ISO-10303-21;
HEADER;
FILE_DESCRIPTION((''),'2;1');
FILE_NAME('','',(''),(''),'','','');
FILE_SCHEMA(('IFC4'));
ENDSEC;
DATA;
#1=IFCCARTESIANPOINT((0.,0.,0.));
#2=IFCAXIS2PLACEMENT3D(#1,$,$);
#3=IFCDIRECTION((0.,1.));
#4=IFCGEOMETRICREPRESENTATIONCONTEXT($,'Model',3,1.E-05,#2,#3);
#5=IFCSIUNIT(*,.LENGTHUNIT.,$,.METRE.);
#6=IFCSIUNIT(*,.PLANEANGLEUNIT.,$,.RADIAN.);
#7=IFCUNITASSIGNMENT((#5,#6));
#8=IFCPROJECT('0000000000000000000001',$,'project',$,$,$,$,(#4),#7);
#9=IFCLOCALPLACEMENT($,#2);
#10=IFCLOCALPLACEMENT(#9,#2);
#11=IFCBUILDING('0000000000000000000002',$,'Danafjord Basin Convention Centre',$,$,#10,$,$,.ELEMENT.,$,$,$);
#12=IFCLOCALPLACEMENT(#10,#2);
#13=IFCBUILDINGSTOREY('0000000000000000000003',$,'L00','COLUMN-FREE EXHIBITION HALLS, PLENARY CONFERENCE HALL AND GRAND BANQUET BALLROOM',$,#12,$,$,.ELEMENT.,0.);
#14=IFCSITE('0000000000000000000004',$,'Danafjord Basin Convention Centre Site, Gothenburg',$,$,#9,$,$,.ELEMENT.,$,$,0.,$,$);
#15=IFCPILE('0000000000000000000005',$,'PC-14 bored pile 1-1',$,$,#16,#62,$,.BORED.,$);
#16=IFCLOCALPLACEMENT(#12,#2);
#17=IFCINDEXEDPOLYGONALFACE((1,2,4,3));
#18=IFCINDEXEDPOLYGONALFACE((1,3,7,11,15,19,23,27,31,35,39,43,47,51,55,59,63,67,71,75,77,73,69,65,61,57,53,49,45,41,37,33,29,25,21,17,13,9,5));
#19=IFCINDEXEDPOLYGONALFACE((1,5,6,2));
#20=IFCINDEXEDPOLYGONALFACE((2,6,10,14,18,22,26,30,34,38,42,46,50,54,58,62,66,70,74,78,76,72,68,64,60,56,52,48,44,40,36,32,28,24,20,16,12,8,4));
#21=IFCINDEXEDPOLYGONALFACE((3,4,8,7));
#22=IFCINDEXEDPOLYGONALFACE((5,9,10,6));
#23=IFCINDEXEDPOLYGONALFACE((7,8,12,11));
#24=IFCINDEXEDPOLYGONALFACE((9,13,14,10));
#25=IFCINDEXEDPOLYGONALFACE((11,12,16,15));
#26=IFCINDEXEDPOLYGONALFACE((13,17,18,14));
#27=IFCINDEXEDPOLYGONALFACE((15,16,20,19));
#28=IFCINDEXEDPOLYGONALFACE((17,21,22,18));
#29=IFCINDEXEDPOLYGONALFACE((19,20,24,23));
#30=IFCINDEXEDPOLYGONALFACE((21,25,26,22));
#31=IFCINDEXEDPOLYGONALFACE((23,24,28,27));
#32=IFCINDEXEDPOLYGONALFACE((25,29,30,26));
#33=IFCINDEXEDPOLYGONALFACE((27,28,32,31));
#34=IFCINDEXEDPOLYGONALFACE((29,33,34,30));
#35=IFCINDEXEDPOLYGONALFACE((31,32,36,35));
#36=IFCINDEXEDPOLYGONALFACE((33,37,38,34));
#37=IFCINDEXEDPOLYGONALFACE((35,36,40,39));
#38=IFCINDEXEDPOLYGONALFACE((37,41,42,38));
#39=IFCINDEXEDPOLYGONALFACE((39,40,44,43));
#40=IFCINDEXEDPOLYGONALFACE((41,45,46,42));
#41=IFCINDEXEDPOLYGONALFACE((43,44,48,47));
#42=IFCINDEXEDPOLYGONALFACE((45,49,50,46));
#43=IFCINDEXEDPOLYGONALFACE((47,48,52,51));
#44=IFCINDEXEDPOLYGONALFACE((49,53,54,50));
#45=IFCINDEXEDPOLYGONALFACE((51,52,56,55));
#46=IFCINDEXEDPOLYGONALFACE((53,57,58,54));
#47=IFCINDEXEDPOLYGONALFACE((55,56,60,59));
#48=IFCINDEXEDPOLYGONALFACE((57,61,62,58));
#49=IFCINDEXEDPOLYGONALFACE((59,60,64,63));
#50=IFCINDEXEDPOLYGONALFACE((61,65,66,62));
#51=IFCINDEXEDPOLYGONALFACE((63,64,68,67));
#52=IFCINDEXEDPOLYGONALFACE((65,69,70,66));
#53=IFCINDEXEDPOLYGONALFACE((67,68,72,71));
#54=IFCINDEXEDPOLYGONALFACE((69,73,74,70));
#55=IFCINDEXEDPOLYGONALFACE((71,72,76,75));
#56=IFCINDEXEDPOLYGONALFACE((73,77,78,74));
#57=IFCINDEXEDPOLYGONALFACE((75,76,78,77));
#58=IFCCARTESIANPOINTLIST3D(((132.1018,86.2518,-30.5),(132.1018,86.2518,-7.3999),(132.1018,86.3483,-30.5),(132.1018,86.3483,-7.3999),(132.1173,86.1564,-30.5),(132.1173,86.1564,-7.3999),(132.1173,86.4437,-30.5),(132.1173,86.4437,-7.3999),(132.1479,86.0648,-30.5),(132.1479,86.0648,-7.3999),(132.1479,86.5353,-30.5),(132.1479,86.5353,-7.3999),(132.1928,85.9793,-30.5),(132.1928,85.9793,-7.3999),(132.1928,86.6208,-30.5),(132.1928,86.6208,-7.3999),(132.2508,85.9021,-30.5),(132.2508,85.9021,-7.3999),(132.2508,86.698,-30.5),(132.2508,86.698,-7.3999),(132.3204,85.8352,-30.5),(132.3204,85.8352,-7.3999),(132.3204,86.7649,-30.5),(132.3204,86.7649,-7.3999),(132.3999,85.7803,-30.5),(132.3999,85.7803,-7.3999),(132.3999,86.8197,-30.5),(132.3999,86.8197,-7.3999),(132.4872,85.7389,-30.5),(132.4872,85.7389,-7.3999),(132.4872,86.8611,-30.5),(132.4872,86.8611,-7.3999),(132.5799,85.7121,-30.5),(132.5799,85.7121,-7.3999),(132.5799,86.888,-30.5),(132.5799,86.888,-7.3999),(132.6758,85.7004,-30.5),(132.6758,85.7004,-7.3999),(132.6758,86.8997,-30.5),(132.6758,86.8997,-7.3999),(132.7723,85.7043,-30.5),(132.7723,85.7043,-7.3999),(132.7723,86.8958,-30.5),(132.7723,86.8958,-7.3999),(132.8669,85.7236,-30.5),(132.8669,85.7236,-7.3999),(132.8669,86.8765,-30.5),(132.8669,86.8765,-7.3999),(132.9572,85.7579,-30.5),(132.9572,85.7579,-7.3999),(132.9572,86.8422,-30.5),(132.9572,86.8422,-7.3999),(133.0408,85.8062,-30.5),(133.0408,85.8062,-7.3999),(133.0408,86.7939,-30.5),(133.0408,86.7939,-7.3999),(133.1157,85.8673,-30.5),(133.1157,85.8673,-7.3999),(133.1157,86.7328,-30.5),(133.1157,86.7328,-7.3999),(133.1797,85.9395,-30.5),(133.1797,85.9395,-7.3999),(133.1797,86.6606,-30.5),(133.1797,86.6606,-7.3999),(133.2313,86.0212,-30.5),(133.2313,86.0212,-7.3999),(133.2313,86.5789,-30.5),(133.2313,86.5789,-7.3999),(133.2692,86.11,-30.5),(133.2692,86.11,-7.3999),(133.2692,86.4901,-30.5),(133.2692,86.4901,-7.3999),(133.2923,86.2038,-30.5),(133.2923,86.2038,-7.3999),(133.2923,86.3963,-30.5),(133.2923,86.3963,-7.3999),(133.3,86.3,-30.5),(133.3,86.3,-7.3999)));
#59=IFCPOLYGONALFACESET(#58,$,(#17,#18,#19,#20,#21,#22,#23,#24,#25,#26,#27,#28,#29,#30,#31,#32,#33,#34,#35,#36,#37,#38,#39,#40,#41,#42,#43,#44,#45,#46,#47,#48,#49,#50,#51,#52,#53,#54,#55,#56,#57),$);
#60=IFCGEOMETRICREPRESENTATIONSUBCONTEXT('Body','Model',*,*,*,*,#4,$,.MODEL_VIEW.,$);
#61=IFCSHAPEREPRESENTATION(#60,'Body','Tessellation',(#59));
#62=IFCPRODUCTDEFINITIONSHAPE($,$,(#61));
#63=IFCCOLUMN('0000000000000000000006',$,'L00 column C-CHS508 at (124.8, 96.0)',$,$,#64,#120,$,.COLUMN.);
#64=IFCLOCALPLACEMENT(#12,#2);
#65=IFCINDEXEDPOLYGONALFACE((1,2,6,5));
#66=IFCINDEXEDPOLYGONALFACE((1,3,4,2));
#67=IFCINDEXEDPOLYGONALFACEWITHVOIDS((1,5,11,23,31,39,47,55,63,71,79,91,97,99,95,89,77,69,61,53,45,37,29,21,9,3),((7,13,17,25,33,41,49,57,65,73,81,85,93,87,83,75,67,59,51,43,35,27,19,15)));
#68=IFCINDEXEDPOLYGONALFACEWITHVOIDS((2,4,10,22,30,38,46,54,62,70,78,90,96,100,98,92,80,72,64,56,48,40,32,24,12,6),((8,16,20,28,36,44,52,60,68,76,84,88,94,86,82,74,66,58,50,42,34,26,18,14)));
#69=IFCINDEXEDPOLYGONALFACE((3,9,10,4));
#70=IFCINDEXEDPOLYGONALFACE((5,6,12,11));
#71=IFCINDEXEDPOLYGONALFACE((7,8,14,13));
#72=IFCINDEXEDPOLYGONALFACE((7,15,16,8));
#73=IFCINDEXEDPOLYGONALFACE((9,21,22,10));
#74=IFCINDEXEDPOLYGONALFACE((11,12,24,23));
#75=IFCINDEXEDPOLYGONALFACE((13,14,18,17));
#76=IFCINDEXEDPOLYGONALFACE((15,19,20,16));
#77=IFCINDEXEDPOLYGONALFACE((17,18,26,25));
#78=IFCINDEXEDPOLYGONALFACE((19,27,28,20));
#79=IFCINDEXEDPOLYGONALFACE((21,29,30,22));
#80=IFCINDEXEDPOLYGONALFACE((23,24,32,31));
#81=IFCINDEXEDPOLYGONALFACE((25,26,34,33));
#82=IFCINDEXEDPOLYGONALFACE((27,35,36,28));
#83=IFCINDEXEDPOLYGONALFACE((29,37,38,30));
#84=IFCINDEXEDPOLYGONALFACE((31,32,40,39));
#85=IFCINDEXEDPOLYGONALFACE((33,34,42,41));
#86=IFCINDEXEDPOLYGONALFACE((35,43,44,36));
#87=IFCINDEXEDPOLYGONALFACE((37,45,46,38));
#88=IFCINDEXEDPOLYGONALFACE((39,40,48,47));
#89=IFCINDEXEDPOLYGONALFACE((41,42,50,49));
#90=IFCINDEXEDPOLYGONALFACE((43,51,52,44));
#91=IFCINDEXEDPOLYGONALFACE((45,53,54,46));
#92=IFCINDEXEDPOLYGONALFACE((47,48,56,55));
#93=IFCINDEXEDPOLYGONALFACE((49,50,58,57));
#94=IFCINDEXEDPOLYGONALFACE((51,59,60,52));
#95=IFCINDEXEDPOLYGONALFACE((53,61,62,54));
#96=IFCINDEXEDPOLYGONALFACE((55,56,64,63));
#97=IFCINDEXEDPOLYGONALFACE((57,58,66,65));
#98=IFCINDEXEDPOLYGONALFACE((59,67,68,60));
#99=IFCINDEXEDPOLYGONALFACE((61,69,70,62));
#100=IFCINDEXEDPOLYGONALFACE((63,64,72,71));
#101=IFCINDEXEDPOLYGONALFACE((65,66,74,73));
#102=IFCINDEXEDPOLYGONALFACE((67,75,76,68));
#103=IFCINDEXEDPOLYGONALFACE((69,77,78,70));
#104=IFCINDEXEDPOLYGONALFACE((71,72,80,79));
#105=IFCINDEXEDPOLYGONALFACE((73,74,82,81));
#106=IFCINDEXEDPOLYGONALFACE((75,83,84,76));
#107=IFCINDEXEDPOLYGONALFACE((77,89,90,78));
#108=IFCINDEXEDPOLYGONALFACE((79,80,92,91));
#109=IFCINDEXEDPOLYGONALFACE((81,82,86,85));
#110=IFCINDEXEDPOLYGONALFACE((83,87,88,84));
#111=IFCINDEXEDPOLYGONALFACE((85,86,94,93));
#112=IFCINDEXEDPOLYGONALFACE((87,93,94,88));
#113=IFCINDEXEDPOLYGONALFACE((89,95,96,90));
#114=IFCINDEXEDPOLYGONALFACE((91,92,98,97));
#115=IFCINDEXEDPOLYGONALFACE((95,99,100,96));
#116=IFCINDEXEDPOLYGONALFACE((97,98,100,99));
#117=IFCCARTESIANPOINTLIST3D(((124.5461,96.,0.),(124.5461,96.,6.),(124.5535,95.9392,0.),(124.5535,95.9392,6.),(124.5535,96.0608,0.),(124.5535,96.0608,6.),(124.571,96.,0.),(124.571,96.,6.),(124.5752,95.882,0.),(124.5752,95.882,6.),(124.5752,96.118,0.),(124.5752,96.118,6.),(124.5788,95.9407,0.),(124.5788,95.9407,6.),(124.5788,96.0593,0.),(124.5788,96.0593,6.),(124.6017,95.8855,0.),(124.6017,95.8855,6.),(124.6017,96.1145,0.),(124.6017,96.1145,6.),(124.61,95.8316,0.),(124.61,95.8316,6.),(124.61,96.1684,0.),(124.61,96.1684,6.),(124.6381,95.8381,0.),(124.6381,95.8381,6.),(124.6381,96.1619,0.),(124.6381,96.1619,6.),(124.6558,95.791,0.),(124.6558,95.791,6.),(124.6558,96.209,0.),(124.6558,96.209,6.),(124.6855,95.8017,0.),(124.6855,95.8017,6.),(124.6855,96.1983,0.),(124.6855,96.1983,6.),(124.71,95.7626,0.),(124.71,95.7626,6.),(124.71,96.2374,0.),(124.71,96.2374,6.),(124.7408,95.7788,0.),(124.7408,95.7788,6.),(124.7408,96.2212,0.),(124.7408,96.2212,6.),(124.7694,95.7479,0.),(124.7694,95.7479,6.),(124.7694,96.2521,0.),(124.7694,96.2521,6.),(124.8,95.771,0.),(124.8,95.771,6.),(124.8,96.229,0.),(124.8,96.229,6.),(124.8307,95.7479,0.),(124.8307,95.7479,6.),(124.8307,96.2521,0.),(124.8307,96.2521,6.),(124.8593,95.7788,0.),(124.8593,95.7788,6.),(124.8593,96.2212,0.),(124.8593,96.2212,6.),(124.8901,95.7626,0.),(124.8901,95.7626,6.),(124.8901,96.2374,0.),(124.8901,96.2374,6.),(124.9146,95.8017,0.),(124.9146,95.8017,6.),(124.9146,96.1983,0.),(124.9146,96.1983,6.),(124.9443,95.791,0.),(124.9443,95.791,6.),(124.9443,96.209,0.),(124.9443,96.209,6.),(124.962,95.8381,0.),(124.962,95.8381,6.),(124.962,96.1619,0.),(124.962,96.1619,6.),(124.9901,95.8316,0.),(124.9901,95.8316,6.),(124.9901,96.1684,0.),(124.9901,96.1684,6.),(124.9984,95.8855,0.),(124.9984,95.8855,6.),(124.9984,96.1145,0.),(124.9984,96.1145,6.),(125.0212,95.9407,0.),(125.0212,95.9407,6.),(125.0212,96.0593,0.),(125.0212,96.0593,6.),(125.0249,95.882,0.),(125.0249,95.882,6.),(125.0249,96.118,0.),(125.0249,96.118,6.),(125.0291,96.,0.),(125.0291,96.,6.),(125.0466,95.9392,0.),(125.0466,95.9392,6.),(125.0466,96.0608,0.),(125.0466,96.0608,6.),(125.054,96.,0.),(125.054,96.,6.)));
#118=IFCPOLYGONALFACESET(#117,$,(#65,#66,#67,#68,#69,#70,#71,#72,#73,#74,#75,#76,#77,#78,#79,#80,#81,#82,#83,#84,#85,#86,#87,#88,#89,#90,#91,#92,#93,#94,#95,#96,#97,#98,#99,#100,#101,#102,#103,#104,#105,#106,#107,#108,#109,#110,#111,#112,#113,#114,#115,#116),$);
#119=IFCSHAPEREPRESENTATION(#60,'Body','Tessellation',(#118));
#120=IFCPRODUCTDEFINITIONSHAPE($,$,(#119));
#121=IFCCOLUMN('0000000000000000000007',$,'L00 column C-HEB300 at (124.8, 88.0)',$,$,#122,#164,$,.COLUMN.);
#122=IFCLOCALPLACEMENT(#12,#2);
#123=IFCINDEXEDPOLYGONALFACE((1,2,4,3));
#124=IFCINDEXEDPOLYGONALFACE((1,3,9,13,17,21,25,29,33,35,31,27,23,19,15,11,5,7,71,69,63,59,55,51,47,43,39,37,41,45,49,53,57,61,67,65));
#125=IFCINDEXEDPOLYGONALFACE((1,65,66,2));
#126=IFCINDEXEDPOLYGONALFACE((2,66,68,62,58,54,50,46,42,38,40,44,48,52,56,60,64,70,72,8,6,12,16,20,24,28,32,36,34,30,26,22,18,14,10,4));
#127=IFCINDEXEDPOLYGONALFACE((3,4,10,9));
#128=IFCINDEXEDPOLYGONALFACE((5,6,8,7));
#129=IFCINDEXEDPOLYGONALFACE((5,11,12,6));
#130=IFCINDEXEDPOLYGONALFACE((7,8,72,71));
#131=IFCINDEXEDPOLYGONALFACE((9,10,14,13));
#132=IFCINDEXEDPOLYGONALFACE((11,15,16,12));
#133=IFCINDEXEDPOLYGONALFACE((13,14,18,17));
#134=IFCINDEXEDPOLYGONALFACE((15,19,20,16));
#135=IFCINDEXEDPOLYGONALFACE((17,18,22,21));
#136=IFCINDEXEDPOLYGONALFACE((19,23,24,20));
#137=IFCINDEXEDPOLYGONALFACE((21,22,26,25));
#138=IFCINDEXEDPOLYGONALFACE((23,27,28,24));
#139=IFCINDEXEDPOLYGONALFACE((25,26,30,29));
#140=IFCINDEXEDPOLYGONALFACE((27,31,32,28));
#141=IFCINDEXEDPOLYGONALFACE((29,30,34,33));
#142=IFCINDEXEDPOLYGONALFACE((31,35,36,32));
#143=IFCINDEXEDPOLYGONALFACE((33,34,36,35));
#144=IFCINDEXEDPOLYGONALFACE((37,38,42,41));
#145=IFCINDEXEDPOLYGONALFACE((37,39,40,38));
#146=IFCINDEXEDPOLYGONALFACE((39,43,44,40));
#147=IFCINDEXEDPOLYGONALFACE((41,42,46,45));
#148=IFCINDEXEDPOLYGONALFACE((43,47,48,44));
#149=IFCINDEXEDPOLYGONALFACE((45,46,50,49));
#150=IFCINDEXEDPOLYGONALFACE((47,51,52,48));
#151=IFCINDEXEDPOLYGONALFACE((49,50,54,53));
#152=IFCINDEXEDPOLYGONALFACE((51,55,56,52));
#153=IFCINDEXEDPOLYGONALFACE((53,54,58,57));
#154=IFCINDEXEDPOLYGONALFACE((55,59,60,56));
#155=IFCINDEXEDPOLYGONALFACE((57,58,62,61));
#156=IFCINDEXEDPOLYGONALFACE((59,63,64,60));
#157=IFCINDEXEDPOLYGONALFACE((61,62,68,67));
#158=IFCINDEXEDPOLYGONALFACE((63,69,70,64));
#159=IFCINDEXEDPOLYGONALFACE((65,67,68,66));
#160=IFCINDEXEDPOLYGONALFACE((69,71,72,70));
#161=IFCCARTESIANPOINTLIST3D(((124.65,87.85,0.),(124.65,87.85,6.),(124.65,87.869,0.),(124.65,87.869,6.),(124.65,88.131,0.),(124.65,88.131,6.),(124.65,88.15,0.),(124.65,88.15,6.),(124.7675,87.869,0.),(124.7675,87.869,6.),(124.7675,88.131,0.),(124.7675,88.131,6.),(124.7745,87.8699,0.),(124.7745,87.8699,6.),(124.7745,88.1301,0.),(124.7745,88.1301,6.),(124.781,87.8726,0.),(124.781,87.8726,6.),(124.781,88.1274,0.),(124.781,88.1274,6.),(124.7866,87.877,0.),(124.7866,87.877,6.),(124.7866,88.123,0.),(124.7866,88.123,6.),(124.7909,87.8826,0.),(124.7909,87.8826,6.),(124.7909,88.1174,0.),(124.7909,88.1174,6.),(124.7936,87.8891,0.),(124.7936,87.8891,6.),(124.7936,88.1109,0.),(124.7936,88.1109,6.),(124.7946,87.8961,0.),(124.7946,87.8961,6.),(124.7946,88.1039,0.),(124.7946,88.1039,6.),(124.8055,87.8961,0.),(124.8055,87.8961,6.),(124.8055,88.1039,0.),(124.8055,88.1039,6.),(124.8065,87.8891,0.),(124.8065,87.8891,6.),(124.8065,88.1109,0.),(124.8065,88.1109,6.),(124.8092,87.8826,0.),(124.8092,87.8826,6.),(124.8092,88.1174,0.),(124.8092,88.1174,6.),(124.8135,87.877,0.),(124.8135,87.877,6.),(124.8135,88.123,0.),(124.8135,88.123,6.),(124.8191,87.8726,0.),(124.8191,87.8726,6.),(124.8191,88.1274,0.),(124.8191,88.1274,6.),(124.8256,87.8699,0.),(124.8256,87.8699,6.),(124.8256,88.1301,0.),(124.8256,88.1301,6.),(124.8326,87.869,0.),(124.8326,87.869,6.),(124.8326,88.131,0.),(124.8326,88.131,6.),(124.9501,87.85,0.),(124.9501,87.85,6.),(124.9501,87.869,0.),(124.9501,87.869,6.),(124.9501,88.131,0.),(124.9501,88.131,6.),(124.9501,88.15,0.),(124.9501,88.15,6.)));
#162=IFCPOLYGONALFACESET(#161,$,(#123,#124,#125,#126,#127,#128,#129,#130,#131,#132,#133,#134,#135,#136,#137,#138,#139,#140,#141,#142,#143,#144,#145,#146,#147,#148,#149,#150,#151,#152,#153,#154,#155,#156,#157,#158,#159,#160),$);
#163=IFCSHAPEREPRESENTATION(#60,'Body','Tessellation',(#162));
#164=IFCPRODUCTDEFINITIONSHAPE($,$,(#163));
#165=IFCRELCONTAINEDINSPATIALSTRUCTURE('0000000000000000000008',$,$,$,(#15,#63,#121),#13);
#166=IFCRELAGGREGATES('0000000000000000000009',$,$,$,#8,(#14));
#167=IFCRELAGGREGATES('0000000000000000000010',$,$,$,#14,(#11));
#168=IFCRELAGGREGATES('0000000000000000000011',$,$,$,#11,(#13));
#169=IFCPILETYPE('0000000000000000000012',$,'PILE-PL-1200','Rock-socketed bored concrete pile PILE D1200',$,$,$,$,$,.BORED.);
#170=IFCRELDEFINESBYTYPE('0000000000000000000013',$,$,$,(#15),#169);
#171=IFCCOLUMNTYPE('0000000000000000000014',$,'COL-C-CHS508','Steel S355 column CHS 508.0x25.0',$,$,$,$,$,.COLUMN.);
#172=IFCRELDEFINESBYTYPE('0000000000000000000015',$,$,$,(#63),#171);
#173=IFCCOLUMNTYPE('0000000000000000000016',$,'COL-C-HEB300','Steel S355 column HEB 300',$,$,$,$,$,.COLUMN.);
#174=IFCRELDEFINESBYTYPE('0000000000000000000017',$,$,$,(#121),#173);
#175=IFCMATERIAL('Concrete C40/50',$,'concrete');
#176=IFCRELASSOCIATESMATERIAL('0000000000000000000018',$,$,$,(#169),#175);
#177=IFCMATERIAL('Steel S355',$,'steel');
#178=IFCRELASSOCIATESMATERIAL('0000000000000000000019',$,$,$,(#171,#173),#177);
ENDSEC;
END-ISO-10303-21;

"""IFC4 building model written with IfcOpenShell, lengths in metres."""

from ifc_helpers import new_model, si_unit, direction, frame, origin, origin_2d, place, context, subcontext, project, spatial, circle, hollow_circle, i_section, extrude, material, material_profile, profile_set, type_object, element, save


model = new_model("IFC4")

# Units and contexts
model_context = context("Model", 3, precision=1e-05, world=origin(), true_north=direction((0.0, 1.0)))
body_context = subcontext(model_context, "Body", "Model", "MODEL_VIEW")
ifc_project = project(units=[si_unit("LENGTHUNIT", "METRE"), si_unit("PLANEANGLEUNIT", "RADIAN")], contexts=[model_context])

# Site, building, storey
site_placement = place(None, origin())
site = spatial("IfcSite", under=ifc_project, at=site_placement, Name="Danafjord Basin Convention Centre Site, Gothenburg", CompositionType="ELEMENT", RefElevation=0.0)
building_placement = place(site_placement, origin())
building = spatial("IfcBuilding", under=site, at=building_placement, Name="Danafjord Basin Convention Centre", CompositionType="ELEMENT")
storey_placement = place(building_placement, origin())
storey = spatial("IfcBuildingStorey", under=building, at=storey_placement, Name="L00", Description="COLUMN-FREE EXHIBITION HALLS, PLENARY CONFERENCE HALL AND GRAND BANQUET BALLROOM", CompositionType="ELEMENT", Elevation=0.0)

# Pile
ifc_material_1 = material(Name="Concrete C40/50", Category="concrete")
ifc_material_profile_1 = material_profile(ifc_material_1, circle(Radius=0.6001, at=origin_2d()), Name="PILE D1200")
ifc_profile_set_1 = profile_set([ifc_material_profile_1], Name="Concrete C40/50")
pile_type = type_object("IfcPileType", Name="PILE-PL-1200", Description="Rock-socketed bored concrete pile PILE D1200", PredefinedType="BORED", material=ifc_profile_set_1)
pile_placement = place(storey_placement, frame((132.7, 86.3, -7.3999), z_axis=(0.0, 0.0, -1.0), x_axis=(1.0, 0.0, 0.0)))
element("IfcPile", 1, at=pile_placement, inside=storey, type_object=pile_type, Name="PC-14 bored pile 1-1", PredefinedType="BORED", context=body_context, shape_type="SweptSolid", body=[
    extrude(circle(Radius=0.6001, at=origin_2d()), origin(), (0.0, 0.0, 1.0), 23.1001),
])

# Columns
ifc_material_2 = material(Name="Steel S355", Category="steel")
ifc_material_profile_2 = material_profile(ifc_material_2, hollow_circle(Radius=0.2539, WallThickness=0.0249, at=origin_2d()), Name="CHS 508.0x25.0")
ifc_profile_set_2 = profile_set([ifc_material_profile_2], Name="Steel S355")
column_type_1 = type_object("IfcColumnType", Name="COL-C-CHS508", Description="Steel S355 column CHS 508.0x25.0", PredefinedType="COLUMN", material=ifc_profile_set_2)
column_1_placement = place(storey_placement, frame((124.8, 96.0, 0.0), z_axis=(0.0, 0.0, 1.0), x_axis=(1.0, 0.0, 0.0)))
element("IfcColumn", 2, at=column_1_placement, inside=storey, type_object=column_type_1, Name="L00 column C-CHS508 at (124.8, 96.0)", PredefinedType="COLUMN", context=body_context, shape_type="SweptSolid", body=[
    extrude(hollow_circle(Radius=0.2539, WallThickness=0.0249, at=origin_2d()), origin(), (0.0, 0.0, 1.0), 6.0),
])
ifc_material_profile_3 = material_profile(ifc_material_2, i_section(OverallWidth=0.3, OverallDepth=0.3, WebThickness=0.011, FlangeThickness=0.019, FilletRadius=0.0271, at=origin_2d()), Name="HEB 300")
ifc_profile_set_3 = profile_set([ifc_material_profile_3], Name="Steel S355")
column_type_2 = type_object("IfcColumnType", Name="COL-C-HEB300", Description="Steel S355 column HEB 300", PredefinedType="COLUMN", material=ifc_profile_set_3)
column_2_placement = place(storey_placement, frame((124.8, 88.0, 0.0), z_axis=(0.0, 0.0, 1.0), x_axis=(1.0, 0.0, 0.0)))
element("IfcColumn", 3, at=column_2_placement, inside=storey, type_object=column_type_2, Name="L00 column C-HEB300 at (124.8, 88.0)", PredefinedType="COLUMN", context=body_context, shape_type="SweptSolid", body=[
    extrude(i_section(OverallWidth=0.3, OverallDepth=0.3, WebThickness=0.011, FlangeThickness=0.019, FilletRadius=0.0271, at=origin_2d()), origin(), (0.0, 0.0, 1.0), 6.0),
])

save(model, "model.ifc")
